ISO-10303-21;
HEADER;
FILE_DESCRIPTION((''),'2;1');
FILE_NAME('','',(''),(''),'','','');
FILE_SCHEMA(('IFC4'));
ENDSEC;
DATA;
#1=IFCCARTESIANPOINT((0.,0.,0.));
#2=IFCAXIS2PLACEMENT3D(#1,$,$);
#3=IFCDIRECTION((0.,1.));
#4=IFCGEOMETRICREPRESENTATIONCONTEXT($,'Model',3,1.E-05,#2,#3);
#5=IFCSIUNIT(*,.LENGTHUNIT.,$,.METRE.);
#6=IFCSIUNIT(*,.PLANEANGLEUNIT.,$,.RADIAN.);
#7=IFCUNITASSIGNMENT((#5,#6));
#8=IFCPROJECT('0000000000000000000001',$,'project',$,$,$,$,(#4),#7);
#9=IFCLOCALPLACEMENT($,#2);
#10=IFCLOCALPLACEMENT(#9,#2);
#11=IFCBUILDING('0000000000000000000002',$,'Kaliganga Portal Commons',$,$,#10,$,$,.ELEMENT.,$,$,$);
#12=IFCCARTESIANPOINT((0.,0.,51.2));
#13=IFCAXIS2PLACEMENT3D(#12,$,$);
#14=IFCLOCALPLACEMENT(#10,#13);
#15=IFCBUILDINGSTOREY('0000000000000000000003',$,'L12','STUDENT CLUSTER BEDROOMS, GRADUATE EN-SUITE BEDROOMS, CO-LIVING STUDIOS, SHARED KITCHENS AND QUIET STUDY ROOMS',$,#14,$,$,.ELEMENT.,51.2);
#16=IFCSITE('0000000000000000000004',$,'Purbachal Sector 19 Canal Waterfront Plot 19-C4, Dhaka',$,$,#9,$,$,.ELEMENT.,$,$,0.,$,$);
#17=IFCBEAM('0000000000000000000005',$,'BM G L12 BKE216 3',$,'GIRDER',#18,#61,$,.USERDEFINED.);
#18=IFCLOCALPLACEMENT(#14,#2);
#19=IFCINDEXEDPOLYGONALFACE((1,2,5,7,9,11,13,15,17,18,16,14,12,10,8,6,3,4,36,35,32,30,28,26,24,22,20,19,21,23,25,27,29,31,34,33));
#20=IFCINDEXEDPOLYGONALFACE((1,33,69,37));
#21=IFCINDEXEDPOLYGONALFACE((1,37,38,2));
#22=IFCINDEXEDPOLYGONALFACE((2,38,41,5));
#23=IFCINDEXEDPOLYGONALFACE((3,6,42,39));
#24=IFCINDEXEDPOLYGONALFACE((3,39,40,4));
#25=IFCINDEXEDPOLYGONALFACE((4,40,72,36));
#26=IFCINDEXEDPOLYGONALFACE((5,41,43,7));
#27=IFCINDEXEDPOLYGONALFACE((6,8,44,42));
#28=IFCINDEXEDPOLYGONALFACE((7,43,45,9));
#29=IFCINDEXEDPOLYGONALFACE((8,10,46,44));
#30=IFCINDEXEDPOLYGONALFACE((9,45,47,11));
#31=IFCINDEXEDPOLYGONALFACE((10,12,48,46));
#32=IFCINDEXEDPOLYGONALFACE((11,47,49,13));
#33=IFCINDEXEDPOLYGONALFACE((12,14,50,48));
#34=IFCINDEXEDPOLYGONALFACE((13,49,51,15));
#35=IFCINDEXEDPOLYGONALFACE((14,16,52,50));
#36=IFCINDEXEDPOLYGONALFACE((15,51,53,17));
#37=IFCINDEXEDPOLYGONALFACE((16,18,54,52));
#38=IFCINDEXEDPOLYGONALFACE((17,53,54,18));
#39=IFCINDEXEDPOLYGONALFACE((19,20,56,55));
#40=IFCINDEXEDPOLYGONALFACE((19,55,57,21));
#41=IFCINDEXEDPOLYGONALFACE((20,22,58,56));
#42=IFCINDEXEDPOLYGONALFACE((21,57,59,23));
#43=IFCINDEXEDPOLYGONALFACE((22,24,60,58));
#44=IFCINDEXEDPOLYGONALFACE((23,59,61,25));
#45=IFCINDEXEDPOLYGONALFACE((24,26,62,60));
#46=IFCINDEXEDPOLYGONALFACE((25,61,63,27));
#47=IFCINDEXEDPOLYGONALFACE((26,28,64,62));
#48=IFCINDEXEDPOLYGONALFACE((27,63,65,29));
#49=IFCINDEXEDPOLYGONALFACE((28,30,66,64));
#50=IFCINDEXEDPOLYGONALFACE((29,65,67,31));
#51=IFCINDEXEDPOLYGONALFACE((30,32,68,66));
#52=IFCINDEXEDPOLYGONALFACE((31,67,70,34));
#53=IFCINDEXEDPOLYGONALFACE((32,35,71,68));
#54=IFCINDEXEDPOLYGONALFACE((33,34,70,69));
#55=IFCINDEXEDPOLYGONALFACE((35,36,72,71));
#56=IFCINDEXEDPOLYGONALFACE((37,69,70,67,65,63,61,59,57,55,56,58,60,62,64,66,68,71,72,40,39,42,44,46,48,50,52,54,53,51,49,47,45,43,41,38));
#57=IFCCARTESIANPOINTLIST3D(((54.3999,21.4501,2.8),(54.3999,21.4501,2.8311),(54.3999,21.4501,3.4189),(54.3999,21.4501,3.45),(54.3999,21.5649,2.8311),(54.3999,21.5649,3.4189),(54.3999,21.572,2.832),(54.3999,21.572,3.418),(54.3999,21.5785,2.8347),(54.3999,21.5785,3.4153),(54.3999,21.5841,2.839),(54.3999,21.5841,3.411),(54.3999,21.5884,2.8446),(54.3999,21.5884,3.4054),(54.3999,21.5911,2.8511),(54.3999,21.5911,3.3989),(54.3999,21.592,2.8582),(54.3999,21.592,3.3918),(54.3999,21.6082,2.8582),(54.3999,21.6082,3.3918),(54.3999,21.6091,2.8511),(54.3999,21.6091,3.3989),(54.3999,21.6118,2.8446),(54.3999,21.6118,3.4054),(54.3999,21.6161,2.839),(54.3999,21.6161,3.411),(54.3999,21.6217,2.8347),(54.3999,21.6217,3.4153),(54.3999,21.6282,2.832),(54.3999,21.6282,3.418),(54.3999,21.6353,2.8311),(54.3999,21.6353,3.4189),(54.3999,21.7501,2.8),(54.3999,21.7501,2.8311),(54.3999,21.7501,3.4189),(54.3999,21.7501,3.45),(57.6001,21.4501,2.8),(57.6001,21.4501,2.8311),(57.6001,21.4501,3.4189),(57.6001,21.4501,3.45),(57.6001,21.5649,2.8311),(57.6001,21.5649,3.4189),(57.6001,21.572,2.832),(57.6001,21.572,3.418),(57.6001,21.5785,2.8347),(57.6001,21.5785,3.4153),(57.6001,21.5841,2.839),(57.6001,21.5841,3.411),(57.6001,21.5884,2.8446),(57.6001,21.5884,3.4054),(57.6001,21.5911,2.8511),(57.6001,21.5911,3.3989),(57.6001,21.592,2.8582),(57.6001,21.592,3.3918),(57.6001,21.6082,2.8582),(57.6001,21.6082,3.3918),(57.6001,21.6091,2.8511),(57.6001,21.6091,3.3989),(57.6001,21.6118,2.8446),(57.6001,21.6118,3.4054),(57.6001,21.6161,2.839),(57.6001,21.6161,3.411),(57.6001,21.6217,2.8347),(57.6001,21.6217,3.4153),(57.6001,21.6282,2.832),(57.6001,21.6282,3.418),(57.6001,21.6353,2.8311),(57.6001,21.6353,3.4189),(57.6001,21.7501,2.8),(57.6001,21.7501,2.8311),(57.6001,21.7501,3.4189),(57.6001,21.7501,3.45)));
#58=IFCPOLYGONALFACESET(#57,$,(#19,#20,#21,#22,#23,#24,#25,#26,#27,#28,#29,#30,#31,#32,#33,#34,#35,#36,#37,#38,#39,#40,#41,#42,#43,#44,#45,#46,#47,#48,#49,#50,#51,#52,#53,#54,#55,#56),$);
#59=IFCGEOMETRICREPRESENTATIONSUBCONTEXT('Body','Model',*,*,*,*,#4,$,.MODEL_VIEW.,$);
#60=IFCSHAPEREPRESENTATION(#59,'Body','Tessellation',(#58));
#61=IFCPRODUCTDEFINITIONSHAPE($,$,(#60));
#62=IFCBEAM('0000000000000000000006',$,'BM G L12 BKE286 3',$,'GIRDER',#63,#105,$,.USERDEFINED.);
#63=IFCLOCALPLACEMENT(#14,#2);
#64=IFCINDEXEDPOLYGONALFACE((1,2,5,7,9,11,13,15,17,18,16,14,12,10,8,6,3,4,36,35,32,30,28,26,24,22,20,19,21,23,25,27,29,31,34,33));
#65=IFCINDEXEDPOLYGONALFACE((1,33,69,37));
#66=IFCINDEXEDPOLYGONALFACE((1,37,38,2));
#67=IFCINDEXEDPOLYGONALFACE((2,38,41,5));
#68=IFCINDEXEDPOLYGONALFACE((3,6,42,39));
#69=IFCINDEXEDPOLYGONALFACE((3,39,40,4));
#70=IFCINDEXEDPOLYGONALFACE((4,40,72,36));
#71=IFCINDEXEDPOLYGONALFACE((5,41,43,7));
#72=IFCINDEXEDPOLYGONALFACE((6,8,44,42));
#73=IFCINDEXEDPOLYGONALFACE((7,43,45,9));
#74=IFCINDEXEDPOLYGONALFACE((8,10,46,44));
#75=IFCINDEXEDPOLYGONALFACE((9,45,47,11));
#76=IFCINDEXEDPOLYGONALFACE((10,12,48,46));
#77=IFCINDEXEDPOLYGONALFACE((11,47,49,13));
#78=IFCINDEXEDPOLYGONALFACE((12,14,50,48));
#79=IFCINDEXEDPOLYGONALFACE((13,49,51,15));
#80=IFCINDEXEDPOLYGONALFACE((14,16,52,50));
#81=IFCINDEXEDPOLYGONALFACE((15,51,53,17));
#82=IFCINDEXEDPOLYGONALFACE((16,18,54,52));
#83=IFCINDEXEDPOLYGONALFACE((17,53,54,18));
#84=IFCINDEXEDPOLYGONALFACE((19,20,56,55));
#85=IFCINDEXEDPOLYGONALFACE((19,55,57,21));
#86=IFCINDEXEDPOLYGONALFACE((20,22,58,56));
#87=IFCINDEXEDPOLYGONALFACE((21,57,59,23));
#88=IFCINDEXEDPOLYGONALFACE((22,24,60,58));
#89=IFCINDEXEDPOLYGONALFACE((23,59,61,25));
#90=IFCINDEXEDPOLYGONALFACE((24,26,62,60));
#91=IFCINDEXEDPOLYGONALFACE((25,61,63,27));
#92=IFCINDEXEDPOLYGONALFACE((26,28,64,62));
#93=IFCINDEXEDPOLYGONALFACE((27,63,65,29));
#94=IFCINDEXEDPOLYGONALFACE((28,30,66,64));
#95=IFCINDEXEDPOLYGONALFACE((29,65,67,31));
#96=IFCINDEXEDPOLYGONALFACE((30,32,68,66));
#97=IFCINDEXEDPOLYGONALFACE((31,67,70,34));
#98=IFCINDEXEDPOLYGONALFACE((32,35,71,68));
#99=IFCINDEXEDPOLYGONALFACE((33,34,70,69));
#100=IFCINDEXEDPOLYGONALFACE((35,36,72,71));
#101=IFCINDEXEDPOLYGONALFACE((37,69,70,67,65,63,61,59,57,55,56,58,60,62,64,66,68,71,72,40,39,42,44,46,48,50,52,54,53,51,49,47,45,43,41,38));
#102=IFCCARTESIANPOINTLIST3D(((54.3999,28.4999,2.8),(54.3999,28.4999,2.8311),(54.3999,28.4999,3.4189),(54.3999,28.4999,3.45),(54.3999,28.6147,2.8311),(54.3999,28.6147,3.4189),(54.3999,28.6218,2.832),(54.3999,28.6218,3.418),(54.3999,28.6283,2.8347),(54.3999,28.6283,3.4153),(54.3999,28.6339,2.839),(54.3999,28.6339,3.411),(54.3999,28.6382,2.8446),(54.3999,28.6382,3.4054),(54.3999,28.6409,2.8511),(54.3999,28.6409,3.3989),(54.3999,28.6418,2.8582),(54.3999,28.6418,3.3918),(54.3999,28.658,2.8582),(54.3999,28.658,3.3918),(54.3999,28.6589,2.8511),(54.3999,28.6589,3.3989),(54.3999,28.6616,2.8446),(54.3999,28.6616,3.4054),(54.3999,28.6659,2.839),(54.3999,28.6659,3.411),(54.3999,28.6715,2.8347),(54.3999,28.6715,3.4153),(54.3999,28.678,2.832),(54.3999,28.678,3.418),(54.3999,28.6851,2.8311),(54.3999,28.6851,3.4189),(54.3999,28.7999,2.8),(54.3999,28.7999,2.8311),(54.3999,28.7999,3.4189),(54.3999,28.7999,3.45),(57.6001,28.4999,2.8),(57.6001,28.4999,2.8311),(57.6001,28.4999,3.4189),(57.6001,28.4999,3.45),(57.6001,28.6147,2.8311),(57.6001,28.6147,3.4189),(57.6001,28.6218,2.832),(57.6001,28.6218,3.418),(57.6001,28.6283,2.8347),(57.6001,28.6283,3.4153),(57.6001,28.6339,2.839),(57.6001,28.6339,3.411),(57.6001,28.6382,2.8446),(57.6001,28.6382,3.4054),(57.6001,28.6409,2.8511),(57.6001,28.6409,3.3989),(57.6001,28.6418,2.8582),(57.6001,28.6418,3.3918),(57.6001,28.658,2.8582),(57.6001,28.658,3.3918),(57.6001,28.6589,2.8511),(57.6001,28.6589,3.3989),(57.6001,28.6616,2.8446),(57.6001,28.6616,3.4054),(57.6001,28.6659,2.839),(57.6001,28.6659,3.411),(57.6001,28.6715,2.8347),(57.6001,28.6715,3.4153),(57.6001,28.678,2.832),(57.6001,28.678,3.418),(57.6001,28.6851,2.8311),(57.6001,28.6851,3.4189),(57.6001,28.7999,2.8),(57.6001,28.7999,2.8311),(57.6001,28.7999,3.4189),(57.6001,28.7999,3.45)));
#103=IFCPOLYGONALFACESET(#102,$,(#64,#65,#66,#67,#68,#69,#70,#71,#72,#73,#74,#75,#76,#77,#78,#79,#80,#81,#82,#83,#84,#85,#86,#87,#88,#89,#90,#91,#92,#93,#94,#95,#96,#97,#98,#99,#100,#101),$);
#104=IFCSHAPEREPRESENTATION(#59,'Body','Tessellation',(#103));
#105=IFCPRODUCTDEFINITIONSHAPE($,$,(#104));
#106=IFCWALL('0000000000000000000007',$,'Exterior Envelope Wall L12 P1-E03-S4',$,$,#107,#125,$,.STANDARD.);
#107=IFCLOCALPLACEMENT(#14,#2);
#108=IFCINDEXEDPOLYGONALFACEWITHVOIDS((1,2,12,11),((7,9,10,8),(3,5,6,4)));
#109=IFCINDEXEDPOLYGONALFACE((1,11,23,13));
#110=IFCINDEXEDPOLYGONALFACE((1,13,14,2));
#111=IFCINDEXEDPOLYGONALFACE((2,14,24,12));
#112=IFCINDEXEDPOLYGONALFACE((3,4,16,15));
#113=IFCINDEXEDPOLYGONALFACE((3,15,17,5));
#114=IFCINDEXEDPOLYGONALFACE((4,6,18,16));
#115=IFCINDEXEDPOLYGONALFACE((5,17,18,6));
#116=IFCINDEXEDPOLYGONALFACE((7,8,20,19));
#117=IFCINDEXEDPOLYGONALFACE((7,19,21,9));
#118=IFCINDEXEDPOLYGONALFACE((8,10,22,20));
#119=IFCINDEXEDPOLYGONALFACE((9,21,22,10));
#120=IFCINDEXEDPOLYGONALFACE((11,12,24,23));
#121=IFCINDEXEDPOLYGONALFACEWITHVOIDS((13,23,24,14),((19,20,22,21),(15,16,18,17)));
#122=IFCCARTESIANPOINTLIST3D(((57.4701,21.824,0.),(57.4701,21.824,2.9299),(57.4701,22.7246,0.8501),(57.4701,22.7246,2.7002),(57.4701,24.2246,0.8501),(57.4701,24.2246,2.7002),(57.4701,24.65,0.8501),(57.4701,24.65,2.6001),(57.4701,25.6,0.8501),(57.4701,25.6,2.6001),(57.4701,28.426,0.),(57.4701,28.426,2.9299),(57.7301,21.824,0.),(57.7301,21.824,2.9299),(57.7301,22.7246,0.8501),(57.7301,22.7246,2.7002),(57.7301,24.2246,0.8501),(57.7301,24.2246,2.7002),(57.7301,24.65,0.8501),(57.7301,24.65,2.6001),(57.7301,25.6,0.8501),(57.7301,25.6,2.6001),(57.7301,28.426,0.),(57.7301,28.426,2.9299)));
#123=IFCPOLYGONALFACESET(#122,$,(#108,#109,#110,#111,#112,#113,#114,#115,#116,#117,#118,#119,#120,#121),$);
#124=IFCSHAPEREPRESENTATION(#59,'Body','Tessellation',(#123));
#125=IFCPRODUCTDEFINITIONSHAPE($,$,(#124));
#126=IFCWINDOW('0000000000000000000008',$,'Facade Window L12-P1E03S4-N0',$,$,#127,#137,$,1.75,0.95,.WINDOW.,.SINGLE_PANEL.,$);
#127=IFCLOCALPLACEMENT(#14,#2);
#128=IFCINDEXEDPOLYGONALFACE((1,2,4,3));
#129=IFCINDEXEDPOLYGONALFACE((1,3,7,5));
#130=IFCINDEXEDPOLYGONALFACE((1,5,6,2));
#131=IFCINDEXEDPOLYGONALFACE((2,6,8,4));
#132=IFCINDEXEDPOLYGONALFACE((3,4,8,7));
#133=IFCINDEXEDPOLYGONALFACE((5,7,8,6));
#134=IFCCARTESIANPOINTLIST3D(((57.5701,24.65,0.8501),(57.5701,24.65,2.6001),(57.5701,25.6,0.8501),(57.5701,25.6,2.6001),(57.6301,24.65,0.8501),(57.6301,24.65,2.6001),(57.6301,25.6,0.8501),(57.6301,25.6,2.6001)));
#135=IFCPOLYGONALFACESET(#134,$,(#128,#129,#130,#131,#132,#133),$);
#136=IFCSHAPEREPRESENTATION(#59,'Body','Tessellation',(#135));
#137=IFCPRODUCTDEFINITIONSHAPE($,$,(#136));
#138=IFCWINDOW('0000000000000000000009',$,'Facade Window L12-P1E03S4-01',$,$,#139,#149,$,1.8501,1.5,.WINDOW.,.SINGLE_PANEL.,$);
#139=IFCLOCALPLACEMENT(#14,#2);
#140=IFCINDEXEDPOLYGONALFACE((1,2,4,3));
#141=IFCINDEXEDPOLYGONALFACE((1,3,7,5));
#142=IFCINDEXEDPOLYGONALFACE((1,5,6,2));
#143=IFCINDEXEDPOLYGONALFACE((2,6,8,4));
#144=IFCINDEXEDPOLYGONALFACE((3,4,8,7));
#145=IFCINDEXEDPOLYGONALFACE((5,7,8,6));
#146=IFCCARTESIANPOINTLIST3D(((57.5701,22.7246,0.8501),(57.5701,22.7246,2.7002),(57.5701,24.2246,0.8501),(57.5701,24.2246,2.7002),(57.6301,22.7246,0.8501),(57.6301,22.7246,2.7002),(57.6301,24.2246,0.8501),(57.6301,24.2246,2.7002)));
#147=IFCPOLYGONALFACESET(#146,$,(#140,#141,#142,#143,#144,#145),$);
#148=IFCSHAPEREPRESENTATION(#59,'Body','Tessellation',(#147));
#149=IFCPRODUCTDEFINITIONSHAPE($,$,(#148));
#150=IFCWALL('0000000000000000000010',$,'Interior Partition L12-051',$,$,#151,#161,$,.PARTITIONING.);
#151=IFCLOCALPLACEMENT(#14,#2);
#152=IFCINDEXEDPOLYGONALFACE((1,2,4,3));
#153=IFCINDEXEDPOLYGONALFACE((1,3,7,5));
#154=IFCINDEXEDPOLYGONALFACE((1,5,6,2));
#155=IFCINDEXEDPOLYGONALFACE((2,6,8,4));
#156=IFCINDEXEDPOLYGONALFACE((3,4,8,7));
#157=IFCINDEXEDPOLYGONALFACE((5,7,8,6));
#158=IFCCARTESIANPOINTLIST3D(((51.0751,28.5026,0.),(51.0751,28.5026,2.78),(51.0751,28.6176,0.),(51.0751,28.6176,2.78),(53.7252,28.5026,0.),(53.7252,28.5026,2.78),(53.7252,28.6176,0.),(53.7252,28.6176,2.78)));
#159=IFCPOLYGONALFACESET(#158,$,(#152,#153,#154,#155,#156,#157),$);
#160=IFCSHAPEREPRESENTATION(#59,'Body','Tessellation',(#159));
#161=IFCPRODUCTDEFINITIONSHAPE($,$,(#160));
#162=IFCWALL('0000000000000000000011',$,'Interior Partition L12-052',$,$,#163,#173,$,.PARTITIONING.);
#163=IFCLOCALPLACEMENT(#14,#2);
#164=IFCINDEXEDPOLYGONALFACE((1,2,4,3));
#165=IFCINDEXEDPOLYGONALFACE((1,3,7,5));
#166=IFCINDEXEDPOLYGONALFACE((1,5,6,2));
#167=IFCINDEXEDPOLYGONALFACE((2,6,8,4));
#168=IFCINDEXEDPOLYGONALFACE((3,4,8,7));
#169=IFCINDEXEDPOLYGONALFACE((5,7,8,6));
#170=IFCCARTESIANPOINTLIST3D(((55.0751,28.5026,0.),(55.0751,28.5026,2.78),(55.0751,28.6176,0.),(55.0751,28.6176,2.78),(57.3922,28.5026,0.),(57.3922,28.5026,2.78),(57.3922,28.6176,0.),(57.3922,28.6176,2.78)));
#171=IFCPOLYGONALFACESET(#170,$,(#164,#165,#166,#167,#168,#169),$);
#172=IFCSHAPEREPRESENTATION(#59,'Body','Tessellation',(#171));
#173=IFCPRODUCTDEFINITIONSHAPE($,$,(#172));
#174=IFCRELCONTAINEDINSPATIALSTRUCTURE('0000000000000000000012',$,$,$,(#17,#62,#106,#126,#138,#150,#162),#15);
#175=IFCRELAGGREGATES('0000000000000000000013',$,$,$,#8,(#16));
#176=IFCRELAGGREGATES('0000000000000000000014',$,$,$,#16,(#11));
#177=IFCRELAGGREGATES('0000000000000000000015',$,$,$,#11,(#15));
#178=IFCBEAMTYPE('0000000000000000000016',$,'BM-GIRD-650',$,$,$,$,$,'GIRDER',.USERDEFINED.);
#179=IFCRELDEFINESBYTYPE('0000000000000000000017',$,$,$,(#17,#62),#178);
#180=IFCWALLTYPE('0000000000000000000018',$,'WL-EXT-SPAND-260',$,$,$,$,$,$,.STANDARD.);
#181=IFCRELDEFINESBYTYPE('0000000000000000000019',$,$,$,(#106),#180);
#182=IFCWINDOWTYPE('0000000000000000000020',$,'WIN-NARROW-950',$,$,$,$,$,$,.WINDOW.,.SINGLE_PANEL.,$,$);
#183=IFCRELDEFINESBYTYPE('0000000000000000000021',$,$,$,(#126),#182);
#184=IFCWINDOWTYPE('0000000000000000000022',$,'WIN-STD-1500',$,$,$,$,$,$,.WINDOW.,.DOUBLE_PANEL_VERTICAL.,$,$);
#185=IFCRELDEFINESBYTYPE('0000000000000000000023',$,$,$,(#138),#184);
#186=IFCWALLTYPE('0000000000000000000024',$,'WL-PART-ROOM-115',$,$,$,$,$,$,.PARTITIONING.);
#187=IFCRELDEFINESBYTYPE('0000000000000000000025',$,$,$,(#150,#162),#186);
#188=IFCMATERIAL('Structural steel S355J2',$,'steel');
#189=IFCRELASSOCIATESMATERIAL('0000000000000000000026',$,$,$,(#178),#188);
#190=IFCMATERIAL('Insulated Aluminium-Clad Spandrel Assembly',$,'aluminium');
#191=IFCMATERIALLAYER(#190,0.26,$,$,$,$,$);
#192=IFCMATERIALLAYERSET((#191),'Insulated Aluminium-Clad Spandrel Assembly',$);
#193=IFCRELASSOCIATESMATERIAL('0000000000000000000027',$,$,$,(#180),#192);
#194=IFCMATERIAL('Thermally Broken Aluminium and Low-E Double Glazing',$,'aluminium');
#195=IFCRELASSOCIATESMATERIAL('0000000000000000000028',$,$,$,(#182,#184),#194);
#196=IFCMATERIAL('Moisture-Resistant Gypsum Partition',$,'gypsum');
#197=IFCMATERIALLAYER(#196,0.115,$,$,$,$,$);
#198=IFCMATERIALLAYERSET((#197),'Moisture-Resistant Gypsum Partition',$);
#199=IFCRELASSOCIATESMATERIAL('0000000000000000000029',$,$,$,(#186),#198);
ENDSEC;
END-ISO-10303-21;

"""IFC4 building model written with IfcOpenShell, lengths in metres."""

from ifc_helpers import new_model, si_unit, direction, frame, frame_2d, origin, origin_2d, place, context, subcontext, project, spatial, rectangle, i_section, extrude, source, transform, mapped, material, layer, layer_set, material_profile, profile_set, type_object, element, fill, save


model = new_model("IFC4")

# Units and contexts
model_context = context("Model", 3, precision=1e-05, world=origin(), true_north=direction((0.0, 1.0)))
body_context = subcontext(model_context, "Body", "Model", "MODEL_VIEW")
ifc_project = project(units=[si_unit("LENGTHUNIT", "METRE"), si_unit("PLANEANGLEUNIT", "RADIAN")], contexts=[model_context])

# Site, building, storey
site_placement = place(None, origin())
site = spatial("IfcSite", under=ifc_project, at=site_placement, Name="Purbachal Sector 19 Canal Waterfront Plot 19-C4, Dhaka", CompositionType="ELEMENT", RefElevation=0.0)
building_placement = place(site_placement, origin())
building = spatial("IfcBuilding", under=site, at=building_placement, Name="Kaliganga Portal Commons", CompositionType="ELEMENT")
storey_placement = place(building_placement, frame((0.0, 0.0, 51.2)))
storey = spatial("IfcBuildingStorey", under=building, at=storey_placement, Name="L12", Description="STUDENT CLUSTER BEDROOMS, GRADUATE EN-SUITE BEDROOMS, CO-LIVING STUDIOS, SHARED KITCHENS AND QUIET STUDY ROOMS", CompositionType="ELEMENT", Elevation=51.2)

# Beams
ifc_material_1 = material(Name="Structural steel S355J2", Category="steel")
ifc_material_profile_1 = material_profile(ifc_material_1, i_section(OverallWidth=0.3, OverallDepth=0.6499, WebThickness=0.0161, FlangeThickness=0.031, FilletRadius=0.0271, at=origin_2d()), Name="HE 650 B")
ifc_profile_set_1 = profile_set([ifc_material_profile_1], Name="Structural steel S355J2 wide-flange")
beam_type_1 = type_object("IfcBeamType", Name="BM-GIRD-650", ElementType="GIRDER", PredefinedType="USERDEFINED", material=ifc_profile_set_1)
shared_shape_1 = source(origin(), body_context, "Body", "SweptSolid", [
    extrude(i_section(OverallWidth=0.3, OverallDepth=0.6499, WebThickness=0.0161, FlangeThickness=0.031, FilletRadius=0.0271, at=origin_2d()), origin(), (0.0, 0.0, 1.0), 3.2002),
])
for number, where, z_axis, x_axis, name in (
    (1, (54.3999, 21.6001, 3.125), (1.0, 0.0, 0.0), (0.0, 1.0, 0.0), "BM G L12 BKE216 3"),
    (2, (54.3999, 28.6499, 3.125), (1.0, 0.0, 0.0), (0.0, 1.0, 0.0), "BM G L12 BKE286 3"),
):
    element("IfcBeam", number, at=place(storey_placement, frame(where, z_axis=z_axis, x_axis=x_axis)), inside=storey, type_object=beam_type_1, Name=name, ObjectType="GIRDER", PredefinedType="USERDEFINED", context=body_context, shape_type="MappedRepresentation", body=[
        mapped(shared_shape_1, transform((0.0, 0.0, 0.0), x_axis=(1.0, 0.0, 0.0), y_axis=(0.0, 1.0, 0.0), z_axis=(0.0, 0.0, 1.0), scale=1.0)),
    ])

# Wall, openings, windows
ifc_material_2 = material(Name="Insulated Aluminium-Clad Spandrel Assembly", Category="aluminium")
ifc_layer_1 = layer(ifc_material_2, 0.26)
ifc_layer_set_1 = layer_set([ifc_layer_1], Name="Insulated Aluminium-Clad Spandrel Assembly")
wall_type_1 = type_object("IfcWallType", Name="WL-EXT-SPAND-260", PredefinedType="STANDARD", material=ifc_layer_set_1)
wall_1_placement = place(storey_placement, frame((57.6001, 28.426, 0.0), z_axis=(0.0, 0.0, 1.0), x_axis=(0.0, -1.0, 0.0)))
wall_1 = element("IfcWall", 3, at=wall_1_placement, inside=storey, type_object=wall_type_1, Name="Exterior Envelope Wall L12 P1-E03-S4", PredefinedType="STANDARD", context=body_context, shape_type="SweptSolid", body=[
    extrude(rectangle(XDim=6.6021, YDim=0.26, at=frame_2d((3.301, 0.0))), origin(), (0.0, 0.0, 1.0), 2.9299),
])
opening_1_placement = place(wall_1_placement, frame((4.2014, 0.0, 0.8501)))
opening_1 = element("IfcOpeningElement", 4, at=opening_1_placement, cuts=wall_1, PredefinedType="OPENING", context=body_context, shape_type="SweptSolid", body=[
    extrude(rectangle(XDim=1.5, YDim=1.8501, at=frame_2d((0.75, 0.925))), frame((0.0, 0.1401, 0.0), z_axis=(0.0, -1.0, 0.0), x_axis=(1.0, 0.0, 0.0)), (0.0, 0.0, 1.0), 0.28),
])
opening_2_placement = place(wall_1_placement, frame((2.8259, 0.0, 0.8501)))
opening_2 = element("IfcOpeningElement", 5, at=opening_2_placement, cuts=wall_1, PredefinedType="OPENING", context=body_context, shape_type="SweptSolid", body=[
    extrude(rectangle(XDim=0.95, YDim=1.75, at=frame_2d((0.4751, 0.875))), frame((0.0, 0.1401, 0.0), z_axis=(0.0, -1.0, 0.0), x_axis=(1.0, 0.0, 0.0)), (0.0, 0.0, 1.0), 0.28),
])
ifc_material_3 = material(Name="Thermally Broken Aluminium and Low-E Double Glazing", Category="aluminium")
window_type_1 = type_object("IfcWindowType", Name="WIN-NARROW-950", PartitioningType="SINGLE_PANEL", PredefinedType="WINDOW", material=ifc_material_3)
window_1_placement = place(opening_2_placement, origin())
window_1 = element("IfcWindow", 6, at=window_1_placement, inside=storey, type_object=window_type_1, Name="Facade Window L12-P1E03S4-N0", OverallHeight=1.75, OverallWidth=0.95, PartitioningType="SINGLE_PANEL", PredefinedType="WINDOW", context=body_context, shape_type="SweptSolid", body=[
    extrude(rectangle(XDim=0.95, YDim=1.75, at=frame_2d((0.4751, 0.875))), frame((0.0, 0.03, 0.0), z_axis=(0.0, -1.0, 0.0), x_axis=(1.0, 0.0, 0.0)), (0.0, 0.0, 1.0), 0.0601),
])
fill(opening_2, window_1)
window_type_2 = type_object("IfcWindowType", Name="WIN-STD-1500", PartitioningType="DOUBLE_PANEL_VERTICAL", PredefinedType="WINDOW", material=ifc_material_3)
window_2_placement = place(opening_1_placement, origin())
window_2 = element("IfcWindow", 7, at=window_2_placement, inside=storey, type_object=window_type_2, Name="Facade Window L12-P1E03S4-01", OverallHeight=1.8501, OverallWidth=1.5, PartitioningType="SINGLE_PANEL", PredefinedType="WINDOW", context=body_context, shape_type="SweptSolid", body=[
    extrude(rectangle(XDim=1.5, YDim=1.8501, at=frame_2d((0.75, 0.925))), frame((0.0, 0.03, 0.0), z_axis=(0.0, -1.0, 0.0), x_axis=(1.0, 0.0, 0.0)), (0.0, 0.0, 1.0), 0.0601),
])
fill(opening_1, window_2)

# Walls
ifc_material_4 = material(Name="Moisture-Resistant Gypsum Partition", Category="gypsum")
ifc_layer_2 = layer(ifc_material_4, 0.115)
ifc_layer_set_2 = layer_set([ifc_layer_2], Name="Moisture-Resistant Gypsum Partition")
wall_type_2 = type_object("IfcWallType", Name="WL-PART-ROOM-115", PredefinedType="PARTITIONING", material=ifc_layer_set_2)
wall_2_placement = place(storey_placement, frame((51.075, 28.5601, 0.0), z_axis=(0.0, 0.0, 1.0), x_axis=(1.0, 0.0, 0.0)))
element("IfcWall", 8, at=wall_2_placement, inside=storey, type_object=wall_type_2, Name="Interior Partition L12-051", PredefinedType="PARTITIONING", context=body_context, shape_type="SweptSolid", body=[
    extrude(rectangle(XDim=2.6501, YDim=0.115, at=frame_2d((1.3252, 0.0))), origin(), (0.0, 0.0, 1.0), 2.78),
])
wall_3_placement = place(storey_placement, frame((55.075, 28.5601, 0.0), z_axis=(0.0, 0.0, 1.0), x_axis=(1.0, 0.0, 0.0)))
element("IfcWall", 9, at=wall_3_placement, inside=storey, type_object=wall_type_2, Name="Interior Partition L12-052", PredefinedType="PARTITIONING", context=body_context, shape_type="SweptSolid", body=[
    extrude(rectangle(XDim=2.3171, YDim=0.115, at=frame_2d((1.1587, 0.0))), origin(), (0.0, 0.0, 1.0), 2.78),
])

save(model, "model.ifc")
